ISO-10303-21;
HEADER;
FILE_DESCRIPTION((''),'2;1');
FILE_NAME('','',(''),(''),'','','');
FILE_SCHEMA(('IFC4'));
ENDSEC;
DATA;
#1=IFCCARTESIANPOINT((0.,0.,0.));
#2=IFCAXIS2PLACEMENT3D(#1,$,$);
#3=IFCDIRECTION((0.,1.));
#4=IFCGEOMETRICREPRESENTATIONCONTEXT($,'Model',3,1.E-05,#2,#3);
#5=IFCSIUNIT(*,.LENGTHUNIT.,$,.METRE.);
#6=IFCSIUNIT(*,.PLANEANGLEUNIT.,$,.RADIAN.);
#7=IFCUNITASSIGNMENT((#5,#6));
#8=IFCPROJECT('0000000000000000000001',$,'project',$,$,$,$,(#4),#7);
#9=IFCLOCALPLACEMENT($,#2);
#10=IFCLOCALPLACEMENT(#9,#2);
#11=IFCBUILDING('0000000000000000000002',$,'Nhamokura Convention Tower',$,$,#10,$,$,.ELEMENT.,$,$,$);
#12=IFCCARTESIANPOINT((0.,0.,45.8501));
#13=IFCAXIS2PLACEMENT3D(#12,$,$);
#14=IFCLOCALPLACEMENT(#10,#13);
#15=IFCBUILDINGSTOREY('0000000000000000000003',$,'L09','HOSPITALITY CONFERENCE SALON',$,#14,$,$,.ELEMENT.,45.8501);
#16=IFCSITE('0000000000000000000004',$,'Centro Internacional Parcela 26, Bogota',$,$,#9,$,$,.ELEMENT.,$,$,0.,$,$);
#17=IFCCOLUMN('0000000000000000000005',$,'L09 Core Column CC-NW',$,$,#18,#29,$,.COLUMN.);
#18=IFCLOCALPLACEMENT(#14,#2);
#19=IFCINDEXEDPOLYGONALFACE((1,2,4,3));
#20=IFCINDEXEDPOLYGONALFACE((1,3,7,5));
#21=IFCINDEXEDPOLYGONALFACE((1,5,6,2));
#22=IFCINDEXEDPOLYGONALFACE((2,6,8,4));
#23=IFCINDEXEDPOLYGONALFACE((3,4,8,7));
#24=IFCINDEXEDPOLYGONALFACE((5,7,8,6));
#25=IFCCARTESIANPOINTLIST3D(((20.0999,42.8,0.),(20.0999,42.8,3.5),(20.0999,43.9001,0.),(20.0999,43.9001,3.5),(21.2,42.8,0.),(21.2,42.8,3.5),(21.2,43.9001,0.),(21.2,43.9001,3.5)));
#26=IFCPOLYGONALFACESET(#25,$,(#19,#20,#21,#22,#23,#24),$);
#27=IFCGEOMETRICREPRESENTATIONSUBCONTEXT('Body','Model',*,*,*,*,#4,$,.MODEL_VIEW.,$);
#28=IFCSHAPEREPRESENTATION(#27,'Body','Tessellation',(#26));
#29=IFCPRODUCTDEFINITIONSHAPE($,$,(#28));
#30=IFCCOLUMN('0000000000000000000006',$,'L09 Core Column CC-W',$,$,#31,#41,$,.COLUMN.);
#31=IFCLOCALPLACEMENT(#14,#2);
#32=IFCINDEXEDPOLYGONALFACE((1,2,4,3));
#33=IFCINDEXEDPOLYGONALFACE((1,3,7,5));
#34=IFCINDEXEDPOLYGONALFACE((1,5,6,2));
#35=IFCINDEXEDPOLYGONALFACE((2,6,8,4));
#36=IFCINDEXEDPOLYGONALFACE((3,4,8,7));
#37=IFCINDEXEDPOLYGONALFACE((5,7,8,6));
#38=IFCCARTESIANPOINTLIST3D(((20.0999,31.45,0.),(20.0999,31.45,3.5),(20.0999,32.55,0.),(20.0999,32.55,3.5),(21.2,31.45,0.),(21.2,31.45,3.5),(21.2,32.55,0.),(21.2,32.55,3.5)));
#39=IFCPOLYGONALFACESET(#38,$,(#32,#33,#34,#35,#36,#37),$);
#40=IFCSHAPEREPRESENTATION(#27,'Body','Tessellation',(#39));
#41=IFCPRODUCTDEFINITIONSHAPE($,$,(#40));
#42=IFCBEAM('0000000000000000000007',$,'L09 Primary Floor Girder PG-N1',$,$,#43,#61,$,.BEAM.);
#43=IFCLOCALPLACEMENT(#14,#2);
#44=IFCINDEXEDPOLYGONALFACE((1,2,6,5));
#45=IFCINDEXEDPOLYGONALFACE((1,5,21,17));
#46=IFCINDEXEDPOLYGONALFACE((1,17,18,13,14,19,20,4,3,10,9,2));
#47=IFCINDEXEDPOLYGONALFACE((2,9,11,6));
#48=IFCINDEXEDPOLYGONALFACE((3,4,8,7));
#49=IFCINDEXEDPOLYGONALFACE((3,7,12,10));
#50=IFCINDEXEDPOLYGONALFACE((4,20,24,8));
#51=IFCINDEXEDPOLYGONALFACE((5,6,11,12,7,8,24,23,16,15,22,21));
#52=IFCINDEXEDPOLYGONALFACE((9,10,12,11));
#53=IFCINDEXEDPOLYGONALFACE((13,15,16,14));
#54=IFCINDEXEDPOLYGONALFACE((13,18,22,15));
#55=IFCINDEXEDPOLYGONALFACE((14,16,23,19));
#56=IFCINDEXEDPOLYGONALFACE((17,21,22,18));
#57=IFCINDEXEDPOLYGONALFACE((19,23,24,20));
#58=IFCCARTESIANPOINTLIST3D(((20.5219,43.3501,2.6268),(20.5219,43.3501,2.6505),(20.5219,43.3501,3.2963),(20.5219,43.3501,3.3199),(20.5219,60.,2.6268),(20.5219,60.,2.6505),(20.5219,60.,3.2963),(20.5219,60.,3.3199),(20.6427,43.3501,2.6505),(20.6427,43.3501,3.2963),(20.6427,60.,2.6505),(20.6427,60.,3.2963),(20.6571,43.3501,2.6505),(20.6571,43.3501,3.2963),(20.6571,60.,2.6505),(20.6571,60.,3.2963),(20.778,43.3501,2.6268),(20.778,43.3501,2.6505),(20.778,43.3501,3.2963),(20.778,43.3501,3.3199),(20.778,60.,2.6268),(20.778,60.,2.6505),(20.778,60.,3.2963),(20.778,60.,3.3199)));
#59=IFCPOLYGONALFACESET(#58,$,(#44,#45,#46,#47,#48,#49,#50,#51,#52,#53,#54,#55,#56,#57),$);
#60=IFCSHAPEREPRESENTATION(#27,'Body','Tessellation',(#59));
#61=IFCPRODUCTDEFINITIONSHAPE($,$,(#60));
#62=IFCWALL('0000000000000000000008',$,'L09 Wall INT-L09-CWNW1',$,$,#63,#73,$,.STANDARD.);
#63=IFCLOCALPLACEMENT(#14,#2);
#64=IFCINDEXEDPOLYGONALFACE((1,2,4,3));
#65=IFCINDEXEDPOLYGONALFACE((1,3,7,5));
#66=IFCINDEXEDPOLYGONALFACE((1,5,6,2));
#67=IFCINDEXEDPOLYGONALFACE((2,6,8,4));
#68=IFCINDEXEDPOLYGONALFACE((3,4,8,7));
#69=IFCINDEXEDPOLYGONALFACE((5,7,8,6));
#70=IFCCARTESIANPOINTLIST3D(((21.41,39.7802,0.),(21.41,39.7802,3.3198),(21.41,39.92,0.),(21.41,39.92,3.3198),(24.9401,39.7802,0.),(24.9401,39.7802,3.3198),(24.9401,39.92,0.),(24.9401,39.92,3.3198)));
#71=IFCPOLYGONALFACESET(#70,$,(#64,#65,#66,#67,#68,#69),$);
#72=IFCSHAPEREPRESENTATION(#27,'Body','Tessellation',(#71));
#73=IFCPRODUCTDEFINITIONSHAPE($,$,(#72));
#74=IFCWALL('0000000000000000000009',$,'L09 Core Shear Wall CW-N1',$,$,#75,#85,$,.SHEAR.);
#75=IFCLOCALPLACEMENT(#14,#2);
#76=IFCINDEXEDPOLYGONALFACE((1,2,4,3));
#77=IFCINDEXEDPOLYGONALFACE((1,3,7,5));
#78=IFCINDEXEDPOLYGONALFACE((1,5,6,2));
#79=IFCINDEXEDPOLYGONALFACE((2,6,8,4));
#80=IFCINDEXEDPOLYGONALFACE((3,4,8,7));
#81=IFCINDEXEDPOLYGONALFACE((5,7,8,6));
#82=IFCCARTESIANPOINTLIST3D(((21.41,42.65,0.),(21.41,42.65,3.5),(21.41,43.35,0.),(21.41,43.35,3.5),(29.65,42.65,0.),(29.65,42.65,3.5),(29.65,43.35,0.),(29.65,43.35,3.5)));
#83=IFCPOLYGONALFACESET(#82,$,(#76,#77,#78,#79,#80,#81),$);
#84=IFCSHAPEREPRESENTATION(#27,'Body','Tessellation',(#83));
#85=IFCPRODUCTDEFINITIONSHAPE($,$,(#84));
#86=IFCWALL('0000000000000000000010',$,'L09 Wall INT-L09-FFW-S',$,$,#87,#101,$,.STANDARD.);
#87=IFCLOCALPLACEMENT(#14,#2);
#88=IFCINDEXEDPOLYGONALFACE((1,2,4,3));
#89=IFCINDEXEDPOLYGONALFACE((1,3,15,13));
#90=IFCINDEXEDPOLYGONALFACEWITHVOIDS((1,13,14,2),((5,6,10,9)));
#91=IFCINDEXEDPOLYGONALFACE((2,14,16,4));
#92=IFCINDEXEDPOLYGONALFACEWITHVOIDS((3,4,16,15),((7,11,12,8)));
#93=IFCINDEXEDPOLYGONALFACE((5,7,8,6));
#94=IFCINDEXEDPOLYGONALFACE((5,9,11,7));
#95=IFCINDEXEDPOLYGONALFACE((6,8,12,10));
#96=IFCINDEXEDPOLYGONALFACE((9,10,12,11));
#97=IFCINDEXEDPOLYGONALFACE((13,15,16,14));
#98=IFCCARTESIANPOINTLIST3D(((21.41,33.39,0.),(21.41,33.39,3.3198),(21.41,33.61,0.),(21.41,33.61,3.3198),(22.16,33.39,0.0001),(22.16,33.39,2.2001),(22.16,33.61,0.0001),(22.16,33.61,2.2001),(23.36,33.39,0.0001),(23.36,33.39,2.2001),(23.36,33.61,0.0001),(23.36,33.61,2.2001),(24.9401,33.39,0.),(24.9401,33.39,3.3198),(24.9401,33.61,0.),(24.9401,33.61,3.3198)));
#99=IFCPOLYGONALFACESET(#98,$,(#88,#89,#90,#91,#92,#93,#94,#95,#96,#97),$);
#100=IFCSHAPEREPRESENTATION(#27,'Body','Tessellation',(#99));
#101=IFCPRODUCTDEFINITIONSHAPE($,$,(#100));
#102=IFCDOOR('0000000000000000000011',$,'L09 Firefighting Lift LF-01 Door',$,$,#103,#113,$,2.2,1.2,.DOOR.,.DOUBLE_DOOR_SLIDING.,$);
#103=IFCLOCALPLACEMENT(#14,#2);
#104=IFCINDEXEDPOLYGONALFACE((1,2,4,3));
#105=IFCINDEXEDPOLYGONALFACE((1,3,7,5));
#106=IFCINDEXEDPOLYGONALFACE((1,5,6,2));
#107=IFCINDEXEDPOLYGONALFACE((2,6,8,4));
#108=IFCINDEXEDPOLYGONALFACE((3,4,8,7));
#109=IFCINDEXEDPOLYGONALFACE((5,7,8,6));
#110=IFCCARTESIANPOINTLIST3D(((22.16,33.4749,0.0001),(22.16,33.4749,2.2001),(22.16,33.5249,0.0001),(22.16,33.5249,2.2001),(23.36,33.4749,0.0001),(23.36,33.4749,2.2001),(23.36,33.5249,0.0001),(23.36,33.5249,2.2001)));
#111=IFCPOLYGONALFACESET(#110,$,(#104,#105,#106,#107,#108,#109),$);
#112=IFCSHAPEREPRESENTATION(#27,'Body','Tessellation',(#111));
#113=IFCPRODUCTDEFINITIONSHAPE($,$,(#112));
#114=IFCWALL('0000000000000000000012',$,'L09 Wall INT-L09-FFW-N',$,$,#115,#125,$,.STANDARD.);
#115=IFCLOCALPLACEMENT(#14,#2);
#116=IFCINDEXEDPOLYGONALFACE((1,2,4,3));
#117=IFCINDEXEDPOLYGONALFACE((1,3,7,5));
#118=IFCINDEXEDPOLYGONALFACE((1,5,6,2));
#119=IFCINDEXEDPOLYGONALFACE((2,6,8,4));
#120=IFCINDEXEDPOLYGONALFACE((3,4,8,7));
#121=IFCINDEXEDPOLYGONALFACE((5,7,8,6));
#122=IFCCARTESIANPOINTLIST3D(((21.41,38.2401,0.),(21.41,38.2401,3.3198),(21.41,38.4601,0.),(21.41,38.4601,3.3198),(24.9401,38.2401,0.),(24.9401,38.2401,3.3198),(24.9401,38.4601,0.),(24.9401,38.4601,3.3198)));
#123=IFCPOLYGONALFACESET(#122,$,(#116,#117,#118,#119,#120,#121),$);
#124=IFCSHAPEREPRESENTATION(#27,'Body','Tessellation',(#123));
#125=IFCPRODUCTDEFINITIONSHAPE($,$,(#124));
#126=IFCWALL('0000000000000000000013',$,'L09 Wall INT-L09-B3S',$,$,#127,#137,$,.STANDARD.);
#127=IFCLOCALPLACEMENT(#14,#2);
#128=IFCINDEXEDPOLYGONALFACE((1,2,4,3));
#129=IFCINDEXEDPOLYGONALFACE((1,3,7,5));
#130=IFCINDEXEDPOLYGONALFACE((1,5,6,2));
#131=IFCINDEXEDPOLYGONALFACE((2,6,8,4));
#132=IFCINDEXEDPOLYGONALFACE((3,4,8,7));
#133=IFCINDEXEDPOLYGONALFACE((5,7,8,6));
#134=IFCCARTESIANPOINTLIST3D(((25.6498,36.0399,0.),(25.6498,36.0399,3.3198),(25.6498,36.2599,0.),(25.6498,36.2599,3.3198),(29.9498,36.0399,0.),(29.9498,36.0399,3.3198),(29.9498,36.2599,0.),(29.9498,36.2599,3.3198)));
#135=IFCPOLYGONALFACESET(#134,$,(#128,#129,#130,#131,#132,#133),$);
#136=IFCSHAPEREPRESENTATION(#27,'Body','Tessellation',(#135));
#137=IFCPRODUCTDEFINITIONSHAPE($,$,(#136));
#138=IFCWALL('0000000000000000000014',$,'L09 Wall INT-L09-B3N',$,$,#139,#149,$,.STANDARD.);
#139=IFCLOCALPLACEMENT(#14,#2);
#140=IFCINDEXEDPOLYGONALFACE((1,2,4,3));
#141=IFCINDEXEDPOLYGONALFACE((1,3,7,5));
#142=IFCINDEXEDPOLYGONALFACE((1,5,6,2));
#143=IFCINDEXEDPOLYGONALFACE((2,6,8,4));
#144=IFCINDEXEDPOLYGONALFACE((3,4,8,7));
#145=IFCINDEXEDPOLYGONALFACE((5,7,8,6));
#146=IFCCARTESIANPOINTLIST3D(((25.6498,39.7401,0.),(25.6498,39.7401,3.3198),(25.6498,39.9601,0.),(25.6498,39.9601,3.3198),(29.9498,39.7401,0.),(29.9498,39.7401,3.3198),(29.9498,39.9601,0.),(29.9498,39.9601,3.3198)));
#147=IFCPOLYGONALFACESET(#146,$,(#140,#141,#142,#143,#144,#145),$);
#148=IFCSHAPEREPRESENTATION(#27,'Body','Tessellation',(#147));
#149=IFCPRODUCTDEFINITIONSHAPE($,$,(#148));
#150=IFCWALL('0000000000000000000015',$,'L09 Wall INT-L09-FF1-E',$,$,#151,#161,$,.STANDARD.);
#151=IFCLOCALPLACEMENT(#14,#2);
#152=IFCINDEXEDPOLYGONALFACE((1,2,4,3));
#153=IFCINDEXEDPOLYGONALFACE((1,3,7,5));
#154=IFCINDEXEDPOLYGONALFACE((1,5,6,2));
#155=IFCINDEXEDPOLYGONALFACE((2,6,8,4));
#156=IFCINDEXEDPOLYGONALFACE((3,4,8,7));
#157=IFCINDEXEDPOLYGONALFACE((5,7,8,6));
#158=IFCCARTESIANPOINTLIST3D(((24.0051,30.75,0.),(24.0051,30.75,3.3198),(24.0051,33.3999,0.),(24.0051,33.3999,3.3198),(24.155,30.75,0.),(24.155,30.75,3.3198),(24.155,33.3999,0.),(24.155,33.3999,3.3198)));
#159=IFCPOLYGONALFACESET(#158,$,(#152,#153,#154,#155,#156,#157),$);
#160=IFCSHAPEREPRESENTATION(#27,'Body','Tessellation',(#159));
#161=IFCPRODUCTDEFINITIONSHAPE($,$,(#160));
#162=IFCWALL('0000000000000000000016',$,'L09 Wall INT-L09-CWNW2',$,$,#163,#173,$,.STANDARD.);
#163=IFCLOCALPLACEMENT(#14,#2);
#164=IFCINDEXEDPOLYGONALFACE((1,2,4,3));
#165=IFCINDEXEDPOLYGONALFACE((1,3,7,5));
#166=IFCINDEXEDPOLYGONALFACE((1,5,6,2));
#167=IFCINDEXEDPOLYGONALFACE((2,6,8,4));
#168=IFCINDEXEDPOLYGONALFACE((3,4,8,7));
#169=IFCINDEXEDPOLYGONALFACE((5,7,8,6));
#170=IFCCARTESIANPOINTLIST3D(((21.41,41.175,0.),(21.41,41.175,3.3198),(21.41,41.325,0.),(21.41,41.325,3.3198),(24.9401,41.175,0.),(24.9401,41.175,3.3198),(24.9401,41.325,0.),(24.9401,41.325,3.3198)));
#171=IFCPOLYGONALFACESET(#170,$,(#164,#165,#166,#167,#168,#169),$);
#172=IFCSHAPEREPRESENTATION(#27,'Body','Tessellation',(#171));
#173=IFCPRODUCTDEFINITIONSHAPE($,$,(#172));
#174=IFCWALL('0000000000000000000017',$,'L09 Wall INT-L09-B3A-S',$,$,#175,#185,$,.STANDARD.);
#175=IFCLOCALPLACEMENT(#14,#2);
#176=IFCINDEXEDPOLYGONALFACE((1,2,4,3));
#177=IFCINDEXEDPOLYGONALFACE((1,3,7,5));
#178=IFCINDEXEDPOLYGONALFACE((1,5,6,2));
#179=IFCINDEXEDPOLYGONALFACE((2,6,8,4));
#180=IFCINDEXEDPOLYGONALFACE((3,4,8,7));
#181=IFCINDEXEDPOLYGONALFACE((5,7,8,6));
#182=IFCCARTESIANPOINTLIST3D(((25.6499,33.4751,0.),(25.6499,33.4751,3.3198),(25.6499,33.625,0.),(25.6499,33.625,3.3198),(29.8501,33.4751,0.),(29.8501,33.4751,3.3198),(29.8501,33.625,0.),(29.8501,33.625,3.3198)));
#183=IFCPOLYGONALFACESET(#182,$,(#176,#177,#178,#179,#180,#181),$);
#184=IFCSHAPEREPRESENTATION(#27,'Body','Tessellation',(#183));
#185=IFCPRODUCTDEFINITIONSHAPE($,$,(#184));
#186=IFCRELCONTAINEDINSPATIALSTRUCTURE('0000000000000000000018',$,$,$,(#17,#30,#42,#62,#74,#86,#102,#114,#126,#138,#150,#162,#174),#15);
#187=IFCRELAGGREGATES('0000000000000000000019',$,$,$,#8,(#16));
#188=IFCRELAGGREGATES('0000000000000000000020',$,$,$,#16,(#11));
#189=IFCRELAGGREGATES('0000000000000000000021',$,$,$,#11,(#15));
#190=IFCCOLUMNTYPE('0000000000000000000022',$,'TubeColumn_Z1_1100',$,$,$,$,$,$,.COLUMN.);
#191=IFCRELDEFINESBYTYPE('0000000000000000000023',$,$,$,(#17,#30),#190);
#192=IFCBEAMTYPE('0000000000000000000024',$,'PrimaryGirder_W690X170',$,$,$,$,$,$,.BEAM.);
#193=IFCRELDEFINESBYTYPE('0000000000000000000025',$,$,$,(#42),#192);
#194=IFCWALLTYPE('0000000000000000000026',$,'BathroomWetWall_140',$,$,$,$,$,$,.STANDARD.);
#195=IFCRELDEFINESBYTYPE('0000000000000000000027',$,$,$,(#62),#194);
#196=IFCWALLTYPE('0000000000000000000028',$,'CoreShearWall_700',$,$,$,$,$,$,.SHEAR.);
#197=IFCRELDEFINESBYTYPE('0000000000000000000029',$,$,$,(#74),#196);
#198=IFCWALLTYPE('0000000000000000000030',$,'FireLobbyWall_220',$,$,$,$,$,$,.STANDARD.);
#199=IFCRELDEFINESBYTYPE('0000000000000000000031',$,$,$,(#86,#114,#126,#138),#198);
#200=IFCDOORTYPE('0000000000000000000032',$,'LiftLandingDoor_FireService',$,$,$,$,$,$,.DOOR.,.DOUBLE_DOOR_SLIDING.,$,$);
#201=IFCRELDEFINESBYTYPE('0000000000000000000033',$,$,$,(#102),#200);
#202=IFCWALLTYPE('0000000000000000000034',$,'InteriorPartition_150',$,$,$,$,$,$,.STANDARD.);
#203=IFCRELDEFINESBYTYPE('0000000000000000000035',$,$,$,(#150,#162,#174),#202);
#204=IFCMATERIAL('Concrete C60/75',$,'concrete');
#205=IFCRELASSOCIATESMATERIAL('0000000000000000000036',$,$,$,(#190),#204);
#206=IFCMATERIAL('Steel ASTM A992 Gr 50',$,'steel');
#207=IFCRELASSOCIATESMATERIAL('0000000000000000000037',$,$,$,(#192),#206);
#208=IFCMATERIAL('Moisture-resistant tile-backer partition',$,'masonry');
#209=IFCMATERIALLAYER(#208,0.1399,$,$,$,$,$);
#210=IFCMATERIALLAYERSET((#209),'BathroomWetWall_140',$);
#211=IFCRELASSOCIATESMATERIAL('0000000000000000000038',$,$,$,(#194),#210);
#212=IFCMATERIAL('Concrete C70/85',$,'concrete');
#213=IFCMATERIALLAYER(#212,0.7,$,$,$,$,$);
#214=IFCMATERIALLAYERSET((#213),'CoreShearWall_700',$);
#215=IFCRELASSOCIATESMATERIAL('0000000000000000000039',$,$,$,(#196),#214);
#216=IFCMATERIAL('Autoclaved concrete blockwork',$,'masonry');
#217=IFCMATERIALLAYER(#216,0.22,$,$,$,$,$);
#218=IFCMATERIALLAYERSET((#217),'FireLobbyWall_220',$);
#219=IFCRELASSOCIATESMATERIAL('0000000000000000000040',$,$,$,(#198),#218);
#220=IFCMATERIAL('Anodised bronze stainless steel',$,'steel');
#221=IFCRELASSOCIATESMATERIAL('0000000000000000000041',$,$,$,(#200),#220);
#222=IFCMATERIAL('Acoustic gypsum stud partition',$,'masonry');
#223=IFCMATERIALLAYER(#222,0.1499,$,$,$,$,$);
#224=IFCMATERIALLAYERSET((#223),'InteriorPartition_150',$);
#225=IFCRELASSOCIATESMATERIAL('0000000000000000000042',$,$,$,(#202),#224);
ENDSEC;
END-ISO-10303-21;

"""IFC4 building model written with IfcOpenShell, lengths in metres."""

from ifc_helpers import new_model, si_unit, direction, frame, frame_2d, origin, origin_2d, place, context, subcontext, project, spatial, rectangle, i_section, extrude, material, layer, layer_set, material_profile, profile_set, type_object, element, fill, save


model = new_model("IFC4")

# Units and contexts
model_context = context("Model", 3, precision=1e-05, world=origin(), true_north=direction((0.0, 1.0)))
body_context = subcontext(model_context, "Body", "Model", "MODEL_VIEW")
ifc_project = project(units=[si_unit("LENGTHUNIT", "METRE"), si_unit("PLANEANGLEUNIT", "RADIAN")], contexts=[model_context])

# Site, building, storey
site_placement = place(None, origin())
site = spatial("IfcSite", under=ifc_project, at=site_placement, Name="Centro Internacional Parcela 26, Bogota", CompositionType="ELEMENT", RefElevation=0.0)
building_placement = place(site_placement, origin())
building = spatial("IfcBuilding", under=site, at=building_placement, Name="Nhamokura Convention Tower", CompositionType="ELEMENT")
storey_placement = place(building_placement, frame((0.0, 0.0, 45.8501)))
storey = spatial("IfcBuildingStorey", under=building, at=storey_placement, Name="L09", Description="HOSPITALITY CONFERENCE SALON", CompositionType="ELEMENT", Elevation=45.8501)

# Columns
ifc_material_1 = material(Name="Concrete C60/75", Category="concrete")
ifc_material_profile_1 = material_profile(ifc_material_1, rectangle(XDim=1.1001, YDim=1.1001, at=origin_2d()))
ifc_profile_set_1 = profile_set([ifc_material_profile_1], Name="Concrete C60/75")
column_type = type_object("IfcColumnType", Name="TubeColumn_Z1_1100", PredefinedType="COLUMN", material=ifc_profile_set_1)
for number, where, z_axis, x_axis, name in (
    (1, (20.6499, 43.3501, 0.0), (0.0, 0.0, 1.0), (1.0, 0.0, 0.0), "L09 Core Column CC-NW"),
    (2, (20.6499, 32.0, 0.0), (0.0, 0.0, 1.0), (1.0, 0.0, 0.0), "L09 Core Column CC-W"),
):
    element("IfcColumn", number, at=place(storey_placement, frame(where, z_axis=z_axis, x_axis=x_axis)), inside=storey, type_object=column_type, Name=name, PredefinedType="COLUMN", context=body_context, shape_type="SweptSolid", body=[
        extrude(rectangle(XDim=1.1001, YDim=1.1001, at=origin_2d()), origin(), (0.0, 0.0, 1.0), 3.5),
    ])

# Beam
ifc_material_2 = material(Name="Steel ASTM A992 Gr 50", Category="steel")
ifc_material_profile_2 = material_profile(ifc_material_2, i_section(OverallWidth=0.2561, OverallDepth=0.6931, WebThickness=0.0144, FlangeThickness=0.0237, at=origin_2d()))
ifc_profile_set_2 = profile_set([ifc_material_profile_2], Name="Steel ASTM A992 Gr 50")
beam_type = type_object("IfcBeamType", Name="PrimaryGirder_W690X170", PredefinedType="BEAM", material=ifc_profile_set_2)
beam_placement = place(storey_placement, frame((20.6499, 43.3501, 2.9734), z_axis=(0.0, 1.0, 0.0), x_axis=(-1.0, 0.0, 0.0)))
element("IfcBeam", 3, at=beam_placement, inside=storey, type_object=beam_type, Name="L09 Primary Floor Girder PG-N1", PredefinedType="BEAM", context=body_context, shape_type="SweptSolid", body=[
    extrude(i_section(OverallWidth=0.2561, OverallDepth=0.6931, WebThickness=0.0144, FlangeThickness=0.0237, at=origin_2d()), origin(), (0.0, 0.0, 1.0), 16.6499),
])

# Walls
ifc_material_3 = material(Name="Moisture-resistant tile-backer partition", Category="masonry")
ifc_layer_1 = layer(ifc_material_3, 0.1399)
ifc_layer_set_1 = layer_set([ifc_layer_1], Name="BathroomWetWall_140")
wall_type_1 = type_object("IfcWallType", Name="BathroomWetWall_140", PredefinedType="STANDARD", material=ifc_layer_set_1)
wall_1_placement = place(storey_placement, frame((21.4099, 39.8501, 0.0), z_axis=(0.0, 0.0, 1.0), x_axis=(1.0, 0.0, 0.0)))
element("IfcWall", 4, at=wall_1_placement, inside=storey, type_object=wall_type_1, Name="L09 Wall INT-L09-CWNW1", PredefinedType="STANDARD", context=body_context, shape_type="SweptSolid", body=[
    extrude(rectangle(XDim=3.53, YDim=0.1399, at=frame_2d((1.7651, 0.0))), origin(), (0.0, 0.0, 1.0), 3.3198),
])
ifc_material_4 = material(Name="Concrete C70/85", Category="concrete")
ifc_layer_2 = layer(ifc_material_4, 0.7)
ifc_layer_set_2 = layer_set([ifc_layer_2], Name="CoreShearWall_700")
wall_type_2 = type_object("IfcWallType", Name="CoreShearWall_700", PredefinedType="SHEAR", material=ifc_layer_set_2)
wall_2_placement = place(storey_placement, frame((21.4099, 43.0, 0.0), z_axis=(0.0, 0.0, 1.0), x_axis=(1.0, 0.0, 0.0)))
element("IfcWall", 5, at=wall_2_placement, inside=storey, type_object=wall_type_2, Name="L09 Core Shear Wall CW-N1", PredefinedType="SHEAR", context=body_context, shape_type="SweptSolid", body=[
    extrude(rectangle(XDim=8.24, YDim=0.7, at=frame_2d((4.1201, 0.0))), origin(), (0.0, 0.0, 1.0), 3.5),
])

# Wall, opening, door
ifc_material_5 = material(Name="Autoclaved concrete blockwork", Category="masonry")
ifc_layer_3 = layer(ifc_material_5, 0.22)
ifc_layer_set_3 = layer_set([ifc_layer_3], Name="FireLobbyWall_220")
wall_type_3 = type_object("IfcWallType", Name="FireLobbyWall_220", PredefinedType="STANDARD", material=ifc_layer_set_3)
wall_3_placement = place(storey_placement, frame((21.4099, 33.5, 0.0), z_axis=(0.0, 0.0, 1.0), x_axis=(1.0, 0.0, 0.0)))
wall_3 = element("IfcWall", 6, at=wall_3_placement, inside=storey, type_object=wall_type_3, Name="L09 Wall INT-L09-FFW-S", PredefinedType="STANDARD", context=body_context, shape_type="SweptSolid", body=[
    extrude(rectangle(XDim=3.53, YDim=0.22, at=frame_2d((1.7651, 0.0))), origin(), (0.0, 0.0, 1.0), 3.3198),
])
opening_1_placement = place(wall_3_placement, frame((0.75, 0.0, 0.0)))
opening_1 = element("IfcOpeningElement", 7, at=opening_1_placement, cuts=wall_3, PredefinedType="OPENING", context=body_context, shape_type="SweptSolid", body=[
    extrude(rectangle(XDim=1.2, YDim=2.2, at=frame_2d((0.6001, 1.1001))), frame((0.0, 0.1199, 0.0), z_axis=(0.0, -1.0, 0.0), x_axis=(1.0, 0.0, 0.0)), (0.0, 0.0, 1.0), 0.24),
])
ifc_material_6 = material(Name="Anodised bronze stainless steel", Category="steel")
door_type_1 = type_object("IfcDoorType", Name="LiftLandingDoor_FireService", OperationType="DOUBLE_DOOR_SLIDING", PredefinedType="DOOR", material=ifc_material_6)
door_1_placement = place(opening_1_placement, origin())
door_1 = element("IfcDoor", 8, at=door_1_placement, inside=storey, type_object=door_type_1, Name="L09 Firefighting Lift LF-01 Door", OperationType="DOUBLE_DOOR_SLIDING", OverallHeight=2.2, OverallWidth=1.2, PredefinedType="DOOR", context=body_context, shape_type="SweptSolid", body=[
    extrude(rectangle(XDim=1.2, YDim=2.2, at=frame_2d((0.6001, 1.1001))), frame((0.0, 0.0249, 0.0), z_axis=(0.0, -1.0, 0.0), x_axis=(1.0, 0.0, 0.0)), (0.0, 0.0, 1.0), 0.05),
])
fill(opening_1, door_1)

# Walls
wall_4_placement = place(storey_placement, frame((21.4099, 38.3501, 0.0), z_axis=(0.0, 0.0, 1.0), x_axis=(1.0, 0.0, 0.0)))
element("IfcWall", 9, at=wall_4_placement, inside=storey, type_object=wall_type_3, Name="L09 Wall INT-L09-FFW-N", PredefinedType="STANDARD", context=body_context, shape_type="SweptSolid", body=[
    extrude(rectangle(XDim=3.53, YDim=0.22, at=frame_2d((1.7651, 0.0))), origin(), (0.0, 0.0, 1.0), 3.3198),
])
for number, where, z_axis, x_axis, name in (
    (10, (25.6499, 36.1499, 0.0), (0.0, 0.0, 1.0), (1.0, 0.0, 0.0), "L09 Wall INT-L09-B3S"),
    (11, (25.6499, 39.8501, 0.0), (0.0, 0.0, 1.0), (1.0, 0.0, 0.0), "L09 Wall INT-L09-B3N"),
):
    element("IfcWall", number, at=place(storey_placement, frame(where, z_axis=z_axis, x_axis=x_axis)), inside=storey, type_object=wall_type_3, Name=name, PredefinedType="STANDARD", context=body_context, shape_type="SweptSolid", body=[
        extrude(rectangle(XDim=4.3, YDim=0.22, at=frame_2d((2.1499, 0.0))), origin(), (0.0, 0.0, 1.0), 3.3198),
    ])
ifc_material_7 = material(Name="Acoustic gypsum stud partition", Category="masonry")
ifc_layer_4 = layer(ifc_material_7, 0.1499)
ifc_layer_set_4 = layer_set([ifc_layer_4], Name="InteriorPartition_150")
wall_type_4 = type_object("IfcWallType", Name="InteriorPartition_150", PredefinedType="STANDARD", material=ifc_layer_set_4)
wall_5_placement = place(storey_placement, frame((24.0801, 30.75, 0.0), z_axis=(0.0, 0.0, 1.0), x_axis=(0.0, 1.0, 0.0)))
element("IfcWall", 12, at=wall_5_placement, inside=storey, type_object=wall_type_4, Name="L09 Wall INT-L09-FF1-E", PredefinedType="STANDARD", context=body_context, shape_type="SweptSolid", body=[
    extrude(rectangle(XDim=2.6499, YDim=0.1499, at=frame_2d((1.325, 0.0))), origin(), (0.0, 0.0, 1.0), 3.3198),
])
wall_6_placement = place(storey_placement, frame((21.4099, 41.25, 0.0), z_axis=(0.0, 0.0, 1.0), x_axis=(1.0, 0.0, 0.0)))
element("IfcWall", 13, at=wall_6_placement, inside=storey, type_object=wall_type_4, Name="L09 Wall INT-L09-CWNW2", PredefinedType="STANDARD", context=body_context, shape_type="SweptSolid", body=[
    extrude(rectangle(XDim=3.53, YDim=0.1499, at=frame_2d((1.7651, 0.0))), origin(), (0.0, 0.0, 1.0), 3.3198),
])
for number, where, z_axis, x_axis, name in (
    (14, (25.6499, 33.55, 0.0), (0.0, 0.0, 1.0), (1.0, 0.0, 0.0), "L09 Wall INT-L09-B3A-S"),
):
    element("IfcWall", number, at=place(storey_placement, frame(where, z_axis=z_axis, x_axis=x_axis)), inside=storey, type_object=wall_type_4, Name=name, PredefinedType="STANDARD", context=body_context, shape_type="SweptSolid", body=[
        extrude(rectangle(XDim=4.2002, YDim=0.1499, at=frame_2d((2.1001, 0.0))), origin(), (0.0, 0.0, 1.0), 3.3198),
    ])

save(model, "model.ifc")
